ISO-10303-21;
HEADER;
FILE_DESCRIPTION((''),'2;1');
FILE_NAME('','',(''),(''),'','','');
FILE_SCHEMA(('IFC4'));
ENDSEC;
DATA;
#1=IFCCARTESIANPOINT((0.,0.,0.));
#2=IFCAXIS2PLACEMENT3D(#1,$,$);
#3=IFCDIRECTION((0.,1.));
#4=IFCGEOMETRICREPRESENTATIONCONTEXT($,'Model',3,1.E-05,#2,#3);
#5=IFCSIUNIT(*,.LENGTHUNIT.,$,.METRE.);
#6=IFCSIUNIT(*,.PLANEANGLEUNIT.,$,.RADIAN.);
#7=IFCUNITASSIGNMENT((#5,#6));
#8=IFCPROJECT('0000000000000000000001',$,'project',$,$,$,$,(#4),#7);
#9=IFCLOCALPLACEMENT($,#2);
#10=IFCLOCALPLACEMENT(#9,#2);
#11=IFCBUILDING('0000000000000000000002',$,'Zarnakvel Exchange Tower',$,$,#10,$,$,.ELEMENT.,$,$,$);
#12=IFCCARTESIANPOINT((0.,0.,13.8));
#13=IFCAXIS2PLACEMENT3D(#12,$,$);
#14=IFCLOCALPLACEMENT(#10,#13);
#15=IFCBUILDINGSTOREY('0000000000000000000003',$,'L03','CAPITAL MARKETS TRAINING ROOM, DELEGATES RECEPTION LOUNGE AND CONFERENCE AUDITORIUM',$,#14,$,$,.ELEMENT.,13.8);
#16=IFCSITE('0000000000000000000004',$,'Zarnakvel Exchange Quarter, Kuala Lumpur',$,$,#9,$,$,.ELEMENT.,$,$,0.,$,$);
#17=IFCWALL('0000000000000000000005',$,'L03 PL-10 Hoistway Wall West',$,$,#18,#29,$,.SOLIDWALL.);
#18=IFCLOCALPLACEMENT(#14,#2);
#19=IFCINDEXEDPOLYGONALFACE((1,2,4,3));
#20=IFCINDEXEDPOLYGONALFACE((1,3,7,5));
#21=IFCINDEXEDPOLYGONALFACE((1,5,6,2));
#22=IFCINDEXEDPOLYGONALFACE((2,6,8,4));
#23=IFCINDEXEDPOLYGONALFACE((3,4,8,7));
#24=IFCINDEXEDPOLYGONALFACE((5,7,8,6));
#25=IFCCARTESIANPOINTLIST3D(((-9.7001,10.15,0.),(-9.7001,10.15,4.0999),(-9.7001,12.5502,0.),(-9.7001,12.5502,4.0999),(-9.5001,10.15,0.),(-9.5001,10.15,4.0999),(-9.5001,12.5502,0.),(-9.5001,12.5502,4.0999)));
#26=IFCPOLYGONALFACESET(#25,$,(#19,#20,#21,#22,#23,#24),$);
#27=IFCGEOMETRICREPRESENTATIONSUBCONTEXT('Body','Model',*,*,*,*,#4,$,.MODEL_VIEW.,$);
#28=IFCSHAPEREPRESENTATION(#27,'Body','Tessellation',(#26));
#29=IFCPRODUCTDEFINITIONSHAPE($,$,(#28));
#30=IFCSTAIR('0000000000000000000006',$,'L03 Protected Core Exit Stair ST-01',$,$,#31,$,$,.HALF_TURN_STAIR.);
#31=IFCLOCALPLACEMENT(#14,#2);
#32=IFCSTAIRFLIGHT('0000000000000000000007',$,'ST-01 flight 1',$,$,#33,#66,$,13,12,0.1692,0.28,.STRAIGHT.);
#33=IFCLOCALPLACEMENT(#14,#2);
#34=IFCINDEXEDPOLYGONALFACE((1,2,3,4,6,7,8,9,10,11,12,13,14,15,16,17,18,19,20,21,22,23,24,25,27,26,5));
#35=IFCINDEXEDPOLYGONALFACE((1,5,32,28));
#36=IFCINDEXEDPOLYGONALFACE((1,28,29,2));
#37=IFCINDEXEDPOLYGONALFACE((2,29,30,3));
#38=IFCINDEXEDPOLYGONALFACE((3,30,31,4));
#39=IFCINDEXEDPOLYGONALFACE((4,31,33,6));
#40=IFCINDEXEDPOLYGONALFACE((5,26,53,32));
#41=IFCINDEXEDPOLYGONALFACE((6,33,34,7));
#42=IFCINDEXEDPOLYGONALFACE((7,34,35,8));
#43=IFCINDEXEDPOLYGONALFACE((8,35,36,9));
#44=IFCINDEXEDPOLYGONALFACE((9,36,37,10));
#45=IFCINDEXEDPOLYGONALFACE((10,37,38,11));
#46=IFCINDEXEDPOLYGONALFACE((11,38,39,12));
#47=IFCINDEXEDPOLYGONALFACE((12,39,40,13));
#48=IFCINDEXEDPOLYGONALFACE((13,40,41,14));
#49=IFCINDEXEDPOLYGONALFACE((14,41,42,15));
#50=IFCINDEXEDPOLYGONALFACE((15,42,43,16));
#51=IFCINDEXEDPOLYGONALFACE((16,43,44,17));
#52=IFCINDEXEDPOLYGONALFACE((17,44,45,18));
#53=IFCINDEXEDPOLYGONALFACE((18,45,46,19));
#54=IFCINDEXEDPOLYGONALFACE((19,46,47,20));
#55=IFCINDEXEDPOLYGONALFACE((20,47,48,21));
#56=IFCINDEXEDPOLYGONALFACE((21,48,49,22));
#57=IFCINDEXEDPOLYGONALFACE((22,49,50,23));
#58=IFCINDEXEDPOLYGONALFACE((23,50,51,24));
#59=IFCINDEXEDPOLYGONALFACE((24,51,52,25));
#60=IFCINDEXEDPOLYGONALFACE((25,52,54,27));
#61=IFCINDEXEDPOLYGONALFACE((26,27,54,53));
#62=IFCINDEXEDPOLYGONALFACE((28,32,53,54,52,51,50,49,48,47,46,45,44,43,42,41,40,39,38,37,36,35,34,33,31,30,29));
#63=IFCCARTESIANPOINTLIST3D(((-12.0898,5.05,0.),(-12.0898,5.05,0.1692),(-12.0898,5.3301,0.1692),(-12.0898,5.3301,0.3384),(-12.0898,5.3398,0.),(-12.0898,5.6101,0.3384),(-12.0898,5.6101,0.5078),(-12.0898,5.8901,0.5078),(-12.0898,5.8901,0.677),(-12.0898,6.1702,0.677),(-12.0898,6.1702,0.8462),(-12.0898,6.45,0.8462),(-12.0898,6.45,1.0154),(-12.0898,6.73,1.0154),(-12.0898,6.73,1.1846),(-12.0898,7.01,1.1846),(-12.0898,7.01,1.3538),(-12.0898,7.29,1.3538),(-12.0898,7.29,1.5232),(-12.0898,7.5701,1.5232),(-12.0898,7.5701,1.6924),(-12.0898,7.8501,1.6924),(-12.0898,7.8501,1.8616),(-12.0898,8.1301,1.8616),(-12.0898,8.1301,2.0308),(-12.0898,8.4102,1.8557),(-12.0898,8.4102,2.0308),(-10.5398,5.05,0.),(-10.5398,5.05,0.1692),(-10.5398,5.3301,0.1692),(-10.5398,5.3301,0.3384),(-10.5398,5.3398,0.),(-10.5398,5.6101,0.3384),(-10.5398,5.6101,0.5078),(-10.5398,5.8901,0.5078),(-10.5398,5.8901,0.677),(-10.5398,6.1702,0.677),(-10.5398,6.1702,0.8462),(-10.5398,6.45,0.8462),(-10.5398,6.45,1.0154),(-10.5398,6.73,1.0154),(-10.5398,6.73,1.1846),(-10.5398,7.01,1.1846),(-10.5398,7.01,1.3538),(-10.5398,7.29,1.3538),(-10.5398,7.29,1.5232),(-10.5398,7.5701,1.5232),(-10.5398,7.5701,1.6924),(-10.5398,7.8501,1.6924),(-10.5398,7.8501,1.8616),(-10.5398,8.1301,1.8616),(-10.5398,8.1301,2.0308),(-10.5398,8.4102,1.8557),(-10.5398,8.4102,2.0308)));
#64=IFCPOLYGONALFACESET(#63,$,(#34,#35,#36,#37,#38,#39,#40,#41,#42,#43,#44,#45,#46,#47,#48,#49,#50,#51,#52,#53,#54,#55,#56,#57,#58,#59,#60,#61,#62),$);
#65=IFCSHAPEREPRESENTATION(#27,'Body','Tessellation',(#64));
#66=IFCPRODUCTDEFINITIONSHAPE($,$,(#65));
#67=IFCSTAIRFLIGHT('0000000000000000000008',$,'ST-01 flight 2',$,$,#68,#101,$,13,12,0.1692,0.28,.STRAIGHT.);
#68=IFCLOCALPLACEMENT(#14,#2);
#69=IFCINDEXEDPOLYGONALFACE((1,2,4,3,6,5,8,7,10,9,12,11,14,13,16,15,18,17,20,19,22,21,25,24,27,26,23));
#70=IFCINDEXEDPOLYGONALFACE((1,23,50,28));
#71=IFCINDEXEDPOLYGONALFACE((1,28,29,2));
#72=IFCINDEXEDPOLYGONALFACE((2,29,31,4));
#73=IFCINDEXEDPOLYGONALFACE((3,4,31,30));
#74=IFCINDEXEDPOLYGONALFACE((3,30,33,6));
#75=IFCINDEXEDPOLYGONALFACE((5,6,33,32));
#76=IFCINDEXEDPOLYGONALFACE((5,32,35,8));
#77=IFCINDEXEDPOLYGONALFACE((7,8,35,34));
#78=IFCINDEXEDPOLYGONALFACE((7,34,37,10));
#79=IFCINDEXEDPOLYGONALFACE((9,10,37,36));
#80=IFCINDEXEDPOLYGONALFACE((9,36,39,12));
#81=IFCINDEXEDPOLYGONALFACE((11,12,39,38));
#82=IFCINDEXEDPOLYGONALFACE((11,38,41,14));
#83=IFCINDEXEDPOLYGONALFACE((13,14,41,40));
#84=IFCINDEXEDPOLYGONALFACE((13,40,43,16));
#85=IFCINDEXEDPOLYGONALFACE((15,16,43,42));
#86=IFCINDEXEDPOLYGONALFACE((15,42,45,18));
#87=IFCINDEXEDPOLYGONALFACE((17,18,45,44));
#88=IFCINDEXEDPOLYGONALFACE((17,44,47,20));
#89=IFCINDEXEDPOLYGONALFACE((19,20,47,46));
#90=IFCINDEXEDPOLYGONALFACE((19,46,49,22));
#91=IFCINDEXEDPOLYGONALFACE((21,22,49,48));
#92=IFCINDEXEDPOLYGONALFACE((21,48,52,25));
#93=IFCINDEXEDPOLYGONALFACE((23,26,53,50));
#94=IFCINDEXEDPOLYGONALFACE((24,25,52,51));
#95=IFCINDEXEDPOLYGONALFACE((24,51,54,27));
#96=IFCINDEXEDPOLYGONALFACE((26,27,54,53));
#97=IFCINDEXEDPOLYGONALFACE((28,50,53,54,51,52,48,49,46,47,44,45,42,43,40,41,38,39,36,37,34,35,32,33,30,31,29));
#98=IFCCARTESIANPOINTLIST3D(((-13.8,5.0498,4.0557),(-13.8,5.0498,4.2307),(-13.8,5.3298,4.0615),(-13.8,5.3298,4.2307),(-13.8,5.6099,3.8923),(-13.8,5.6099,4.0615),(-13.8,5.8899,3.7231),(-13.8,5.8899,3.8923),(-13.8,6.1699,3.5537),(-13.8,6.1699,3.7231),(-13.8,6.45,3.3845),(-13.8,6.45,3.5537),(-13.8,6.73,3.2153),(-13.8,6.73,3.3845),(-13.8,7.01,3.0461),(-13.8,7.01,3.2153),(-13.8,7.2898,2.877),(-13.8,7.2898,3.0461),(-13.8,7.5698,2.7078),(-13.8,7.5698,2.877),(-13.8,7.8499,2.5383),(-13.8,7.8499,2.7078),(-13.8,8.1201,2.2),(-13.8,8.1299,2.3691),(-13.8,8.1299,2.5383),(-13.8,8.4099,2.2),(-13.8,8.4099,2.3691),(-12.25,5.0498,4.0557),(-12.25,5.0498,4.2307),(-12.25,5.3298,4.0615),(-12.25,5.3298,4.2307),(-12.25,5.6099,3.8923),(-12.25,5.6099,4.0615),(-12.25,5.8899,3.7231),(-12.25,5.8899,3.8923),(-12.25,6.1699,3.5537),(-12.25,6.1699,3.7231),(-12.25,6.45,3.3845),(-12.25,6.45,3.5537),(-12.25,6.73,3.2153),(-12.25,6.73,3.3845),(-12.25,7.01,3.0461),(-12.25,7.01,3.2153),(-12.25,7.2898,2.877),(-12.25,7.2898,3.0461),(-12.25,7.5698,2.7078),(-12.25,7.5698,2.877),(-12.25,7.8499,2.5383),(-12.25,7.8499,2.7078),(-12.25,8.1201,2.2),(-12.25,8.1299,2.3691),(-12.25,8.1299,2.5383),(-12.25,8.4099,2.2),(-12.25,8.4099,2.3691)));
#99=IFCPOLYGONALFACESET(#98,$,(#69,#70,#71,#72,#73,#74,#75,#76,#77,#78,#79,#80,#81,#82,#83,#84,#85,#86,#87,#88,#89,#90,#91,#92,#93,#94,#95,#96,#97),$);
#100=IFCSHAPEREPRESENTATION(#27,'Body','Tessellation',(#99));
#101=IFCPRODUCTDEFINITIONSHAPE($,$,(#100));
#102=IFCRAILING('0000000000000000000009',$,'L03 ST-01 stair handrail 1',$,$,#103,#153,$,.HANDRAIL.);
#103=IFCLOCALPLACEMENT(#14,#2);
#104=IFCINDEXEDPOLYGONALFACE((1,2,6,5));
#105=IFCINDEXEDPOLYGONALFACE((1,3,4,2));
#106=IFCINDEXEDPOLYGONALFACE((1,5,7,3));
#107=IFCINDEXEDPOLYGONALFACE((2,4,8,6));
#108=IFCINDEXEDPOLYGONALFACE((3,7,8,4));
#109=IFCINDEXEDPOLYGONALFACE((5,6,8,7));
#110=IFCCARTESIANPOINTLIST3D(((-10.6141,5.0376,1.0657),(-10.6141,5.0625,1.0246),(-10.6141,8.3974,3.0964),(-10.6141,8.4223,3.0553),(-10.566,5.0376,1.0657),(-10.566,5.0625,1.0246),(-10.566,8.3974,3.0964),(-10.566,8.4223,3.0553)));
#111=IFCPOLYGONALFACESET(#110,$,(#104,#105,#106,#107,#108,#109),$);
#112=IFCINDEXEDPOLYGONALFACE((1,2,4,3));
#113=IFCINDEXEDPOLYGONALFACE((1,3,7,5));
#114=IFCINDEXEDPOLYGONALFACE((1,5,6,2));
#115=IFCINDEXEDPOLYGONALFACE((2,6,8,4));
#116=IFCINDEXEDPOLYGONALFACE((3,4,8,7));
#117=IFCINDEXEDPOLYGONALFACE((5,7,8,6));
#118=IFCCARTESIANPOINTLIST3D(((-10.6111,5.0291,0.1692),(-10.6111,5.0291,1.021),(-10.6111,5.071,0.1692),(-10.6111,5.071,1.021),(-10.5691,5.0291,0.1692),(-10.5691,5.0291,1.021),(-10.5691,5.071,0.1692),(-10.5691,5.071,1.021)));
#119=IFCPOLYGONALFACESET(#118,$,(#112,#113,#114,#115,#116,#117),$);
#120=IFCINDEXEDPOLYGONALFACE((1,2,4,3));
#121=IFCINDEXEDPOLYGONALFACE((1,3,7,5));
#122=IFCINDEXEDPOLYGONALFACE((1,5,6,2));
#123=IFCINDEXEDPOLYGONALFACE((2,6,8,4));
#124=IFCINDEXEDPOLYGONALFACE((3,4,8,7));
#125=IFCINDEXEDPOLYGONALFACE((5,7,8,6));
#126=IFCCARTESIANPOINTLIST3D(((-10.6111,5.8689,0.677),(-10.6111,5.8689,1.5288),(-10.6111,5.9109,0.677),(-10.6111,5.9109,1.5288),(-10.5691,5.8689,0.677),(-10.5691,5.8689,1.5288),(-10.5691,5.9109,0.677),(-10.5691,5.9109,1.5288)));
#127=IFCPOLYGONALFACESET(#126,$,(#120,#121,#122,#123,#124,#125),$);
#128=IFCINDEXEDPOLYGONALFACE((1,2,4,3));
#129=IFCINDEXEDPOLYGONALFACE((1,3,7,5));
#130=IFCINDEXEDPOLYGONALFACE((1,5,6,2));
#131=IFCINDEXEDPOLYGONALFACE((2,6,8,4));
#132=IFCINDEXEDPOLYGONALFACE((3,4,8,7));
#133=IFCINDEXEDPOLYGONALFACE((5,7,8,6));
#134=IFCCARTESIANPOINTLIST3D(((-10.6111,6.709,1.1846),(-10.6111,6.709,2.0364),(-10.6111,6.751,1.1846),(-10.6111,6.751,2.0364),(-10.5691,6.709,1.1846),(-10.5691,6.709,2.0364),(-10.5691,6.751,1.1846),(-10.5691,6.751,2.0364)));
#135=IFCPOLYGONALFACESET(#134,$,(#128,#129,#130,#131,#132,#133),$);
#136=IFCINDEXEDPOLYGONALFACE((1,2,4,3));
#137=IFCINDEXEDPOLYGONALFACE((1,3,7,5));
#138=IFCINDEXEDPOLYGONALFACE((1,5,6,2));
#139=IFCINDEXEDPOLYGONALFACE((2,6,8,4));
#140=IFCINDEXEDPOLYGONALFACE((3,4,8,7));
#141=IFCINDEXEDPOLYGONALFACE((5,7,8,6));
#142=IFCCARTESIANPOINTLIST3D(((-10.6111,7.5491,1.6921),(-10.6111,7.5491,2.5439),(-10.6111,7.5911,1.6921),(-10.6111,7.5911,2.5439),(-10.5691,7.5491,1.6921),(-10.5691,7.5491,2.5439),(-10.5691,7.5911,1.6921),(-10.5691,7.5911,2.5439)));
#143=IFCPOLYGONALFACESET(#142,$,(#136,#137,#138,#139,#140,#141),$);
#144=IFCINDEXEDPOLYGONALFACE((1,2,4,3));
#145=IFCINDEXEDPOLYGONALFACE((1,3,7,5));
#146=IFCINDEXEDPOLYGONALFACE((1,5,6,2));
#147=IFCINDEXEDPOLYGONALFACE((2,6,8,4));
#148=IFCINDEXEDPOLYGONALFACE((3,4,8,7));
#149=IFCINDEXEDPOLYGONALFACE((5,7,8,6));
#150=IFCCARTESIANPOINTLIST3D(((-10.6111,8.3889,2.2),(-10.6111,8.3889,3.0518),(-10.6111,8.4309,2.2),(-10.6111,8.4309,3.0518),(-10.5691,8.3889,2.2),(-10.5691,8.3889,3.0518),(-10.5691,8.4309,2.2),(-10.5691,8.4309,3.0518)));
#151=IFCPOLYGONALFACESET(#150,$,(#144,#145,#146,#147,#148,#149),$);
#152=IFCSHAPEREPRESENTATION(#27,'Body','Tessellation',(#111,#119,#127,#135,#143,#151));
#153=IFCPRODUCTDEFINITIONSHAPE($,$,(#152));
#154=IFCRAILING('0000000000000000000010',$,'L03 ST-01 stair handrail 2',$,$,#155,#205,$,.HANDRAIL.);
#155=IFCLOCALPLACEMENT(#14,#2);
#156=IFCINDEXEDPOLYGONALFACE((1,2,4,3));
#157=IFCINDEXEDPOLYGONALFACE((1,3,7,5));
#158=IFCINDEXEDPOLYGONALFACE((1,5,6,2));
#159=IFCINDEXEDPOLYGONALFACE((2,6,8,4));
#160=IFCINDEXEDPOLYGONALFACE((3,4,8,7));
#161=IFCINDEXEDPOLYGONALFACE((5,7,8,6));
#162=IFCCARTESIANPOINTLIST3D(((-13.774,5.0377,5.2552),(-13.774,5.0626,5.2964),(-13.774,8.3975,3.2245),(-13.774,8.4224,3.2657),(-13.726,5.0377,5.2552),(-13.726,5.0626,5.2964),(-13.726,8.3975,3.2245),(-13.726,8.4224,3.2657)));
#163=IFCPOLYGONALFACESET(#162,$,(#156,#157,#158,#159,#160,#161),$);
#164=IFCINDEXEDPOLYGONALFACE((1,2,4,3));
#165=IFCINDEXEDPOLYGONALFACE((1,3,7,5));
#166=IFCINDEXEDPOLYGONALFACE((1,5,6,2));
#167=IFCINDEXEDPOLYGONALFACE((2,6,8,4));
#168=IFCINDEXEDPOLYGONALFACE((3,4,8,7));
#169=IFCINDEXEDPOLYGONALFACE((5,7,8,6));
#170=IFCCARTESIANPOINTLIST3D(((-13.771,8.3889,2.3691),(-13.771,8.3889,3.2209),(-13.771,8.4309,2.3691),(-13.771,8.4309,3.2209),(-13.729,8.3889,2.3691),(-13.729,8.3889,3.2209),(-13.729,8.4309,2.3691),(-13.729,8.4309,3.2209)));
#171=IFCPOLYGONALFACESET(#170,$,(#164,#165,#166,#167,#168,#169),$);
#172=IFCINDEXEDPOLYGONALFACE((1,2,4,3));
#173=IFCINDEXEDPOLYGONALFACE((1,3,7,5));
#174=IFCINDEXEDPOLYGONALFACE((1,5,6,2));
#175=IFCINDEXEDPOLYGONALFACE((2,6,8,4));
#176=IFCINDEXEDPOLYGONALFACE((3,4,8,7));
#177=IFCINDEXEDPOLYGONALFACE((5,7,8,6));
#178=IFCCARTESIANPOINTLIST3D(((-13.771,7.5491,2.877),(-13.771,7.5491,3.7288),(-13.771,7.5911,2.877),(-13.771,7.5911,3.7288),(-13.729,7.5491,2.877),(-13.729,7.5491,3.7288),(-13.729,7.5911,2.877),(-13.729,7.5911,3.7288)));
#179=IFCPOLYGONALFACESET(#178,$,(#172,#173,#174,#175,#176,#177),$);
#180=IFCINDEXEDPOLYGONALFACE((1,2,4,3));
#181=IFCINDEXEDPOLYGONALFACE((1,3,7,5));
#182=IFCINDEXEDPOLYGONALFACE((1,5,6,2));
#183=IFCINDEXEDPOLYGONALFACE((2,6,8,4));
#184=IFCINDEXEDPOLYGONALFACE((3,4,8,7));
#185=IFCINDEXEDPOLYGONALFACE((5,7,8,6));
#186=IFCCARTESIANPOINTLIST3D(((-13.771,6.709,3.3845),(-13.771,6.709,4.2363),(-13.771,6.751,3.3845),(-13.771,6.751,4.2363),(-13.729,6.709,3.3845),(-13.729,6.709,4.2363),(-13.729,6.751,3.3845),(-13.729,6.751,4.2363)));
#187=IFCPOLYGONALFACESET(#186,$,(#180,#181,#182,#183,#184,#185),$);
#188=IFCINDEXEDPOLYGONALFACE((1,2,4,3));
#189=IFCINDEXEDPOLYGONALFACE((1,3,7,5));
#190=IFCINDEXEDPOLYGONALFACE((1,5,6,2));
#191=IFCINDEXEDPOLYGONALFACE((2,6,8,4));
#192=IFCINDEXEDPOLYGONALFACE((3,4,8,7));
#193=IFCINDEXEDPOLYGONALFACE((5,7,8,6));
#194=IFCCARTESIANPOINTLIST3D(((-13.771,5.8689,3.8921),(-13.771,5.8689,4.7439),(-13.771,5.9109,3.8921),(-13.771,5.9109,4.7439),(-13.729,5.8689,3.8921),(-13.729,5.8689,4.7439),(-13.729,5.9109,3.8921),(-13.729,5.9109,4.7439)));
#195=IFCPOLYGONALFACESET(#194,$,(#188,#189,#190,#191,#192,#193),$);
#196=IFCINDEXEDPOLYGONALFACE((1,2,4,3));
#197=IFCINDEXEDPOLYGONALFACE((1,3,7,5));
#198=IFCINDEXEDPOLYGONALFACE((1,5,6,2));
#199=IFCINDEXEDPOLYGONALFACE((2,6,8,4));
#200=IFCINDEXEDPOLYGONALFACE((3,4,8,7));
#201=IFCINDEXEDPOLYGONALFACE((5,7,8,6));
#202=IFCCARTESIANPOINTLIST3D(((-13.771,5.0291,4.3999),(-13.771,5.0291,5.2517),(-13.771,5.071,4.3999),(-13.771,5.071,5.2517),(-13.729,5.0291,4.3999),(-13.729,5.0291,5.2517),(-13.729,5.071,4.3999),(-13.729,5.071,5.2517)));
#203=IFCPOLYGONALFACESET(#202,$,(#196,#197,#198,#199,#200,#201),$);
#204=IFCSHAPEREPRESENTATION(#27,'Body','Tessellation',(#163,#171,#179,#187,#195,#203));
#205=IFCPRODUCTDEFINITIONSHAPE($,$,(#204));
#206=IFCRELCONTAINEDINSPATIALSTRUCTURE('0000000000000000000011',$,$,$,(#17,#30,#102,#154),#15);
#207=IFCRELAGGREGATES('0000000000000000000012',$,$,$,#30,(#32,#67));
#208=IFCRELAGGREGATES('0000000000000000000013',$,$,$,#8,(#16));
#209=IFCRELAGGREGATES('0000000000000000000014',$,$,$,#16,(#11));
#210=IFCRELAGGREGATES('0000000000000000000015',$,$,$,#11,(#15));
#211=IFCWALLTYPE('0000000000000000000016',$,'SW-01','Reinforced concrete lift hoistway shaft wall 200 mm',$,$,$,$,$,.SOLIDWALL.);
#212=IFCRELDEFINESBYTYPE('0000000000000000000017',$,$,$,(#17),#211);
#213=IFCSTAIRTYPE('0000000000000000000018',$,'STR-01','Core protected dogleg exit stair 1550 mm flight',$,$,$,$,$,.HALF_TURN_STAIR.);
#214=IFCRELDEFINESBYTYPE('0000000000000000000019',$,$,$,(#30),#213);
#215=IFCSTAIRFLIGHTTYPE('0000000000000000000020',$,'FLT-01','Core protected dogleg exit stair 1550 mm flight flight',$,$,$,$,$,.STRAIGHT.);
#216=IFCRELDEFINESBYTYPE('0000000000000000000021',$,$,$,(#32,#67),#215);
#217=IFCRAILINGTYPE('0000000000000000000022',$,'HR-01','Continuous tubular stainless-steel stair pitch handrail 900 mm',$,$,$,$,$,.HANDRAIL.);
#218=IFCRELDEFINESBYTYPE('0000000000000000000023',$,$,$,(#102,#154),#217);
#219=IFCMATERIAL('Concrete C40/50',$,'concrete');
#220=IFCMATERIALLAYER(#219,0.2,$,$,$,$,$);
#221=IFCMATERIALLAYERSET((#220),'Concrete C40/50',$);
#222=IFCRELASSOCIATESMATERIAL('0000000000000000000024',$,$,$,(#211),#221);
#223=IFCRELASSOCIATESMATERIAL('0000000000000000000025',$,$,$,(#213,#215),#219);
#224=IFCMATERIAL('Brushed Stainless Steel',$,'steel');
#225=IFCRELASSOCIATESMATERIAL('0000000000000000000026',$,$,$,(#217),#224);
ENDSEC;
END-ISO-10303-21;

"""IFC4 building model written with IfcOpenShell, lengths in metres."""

from ifc_helpers import new_model, si_unit, direction, frame, frame_2d, origin, origin_2d, place, context, subcontext, project, spatial, polyline, rectangle, outline, extrude, material, layer, layer_set, type_object, element, aggregate, save


model = new_model("IFC4")

# Units and contexts
model_context = context("Model", 3, precision=1e-05, world=origin(), true_north=direction((0.0, 1.0)))
body_context = subcontext(model_context, "Body", "Model", "MODEL_VIEW")
ifc_project = project(units=[si_unit("LENGTHUNIT", "METRE"), si_unit("PLANEANGLEUNIT", "RADIAN")], contexts=[model_context])

# Site, building, storey
site_placement = place(None, origin())
site = spatial("IfcSite", under=ifc_project, at=site_placement, Name="Zarnakvel Exchange Quarter, Kuala Lumpur", CompositionType="ELEMENT", RefElevation=0.0)
building_placement = place(site_placement, origin())
building = spatial("IfcBuilding", under=site, at=building_placement, Name="Zarnakvel Exchange Tower", CompositionType="ELEMENT")
storey_placement = place(building_placement, frame((0.0, 0.0, 13.8)))
storey = spatial("IfcBuildingStorey", under=building, at=storey_placement, Name="L03", Description="CAPITAL MARKETS TRAINING ROOM, DELEGATES RECEPTION LOUNGE AND CONFERENCE AUDITORIUM", CompositionType="ELEMENT", Elevation=13.8)

# Wall
ifc_material_1 = material(Name="Concrete C40/50", Category="concrete")
ifc_layer_1 = layer(ifc_material_1, 0.2)
ifc_layer_set_1 = layer_set([ifc_layer_1], Name="Concrete C40/50")
wall_type_1 = type_object("IfcWallType", Name="SW-01", Description="Reinforced concrete lift hoistway shaft wall 200 mm", PredefinedType="SOLIDWALL", material=ifc_layer_set_1)
wall_1_placement = place(storey_placement, frame((-9.6001, 10.1499, 0.0), z_axis=(0.0, 0.0, 1.0), x_axis=(0.0, 1.0, 0.0)))
element("IfcWall", 1, at=wall_1_placement, inside=storey, type_object=wall_type_1, Name="L03 PL-10 Hoistway Wall West", PredefinedType="SOLIDWALL", context=body_context, shape_type="SweptSolid", body=[
    extrude(rectangle(XDim=2.4001, YDim=0.2, at=frame_2d((1.2002, 0.0))), origin(), (0.0, 0.0, 1.0), 4.0999),
])

# Stair, stair flights
stair_type = type_object("IfcStairType", Name="STR-01", Description="Core protected dogleg exit stair 1550 mm flight", PredefinedType="HALF_TURN_STAIR", material=ifc_material_1)
stair_placement = place(storey_placement, origin())
stair = element("IfcStair", 2, at=stair_placement, inside=storey, type_object=stair_type, Name="L03 Protected Core Exit Stair ST-01", PredefinedType="HALF_TURN_STAIR")
stair_flight_type = type_object("IfcStairFlightType", Name="FLT-01", Description="Core protected dogleg exit stair 1550 mm flight flight", PredefinedType="STRAIGHT", material=ifc_material_1)
stair_flight_1_placement = place(storey_placement, frame((-11.3149, 5.05, 0.0), z_axis=(0.0, 0.0, 1.0), x_axis=(0.0, 1.0, 0.0)))
stair_flight_1 = element("IfcStairFlight", 3, at=stair_flight_1_placement, type_object=stair_flight_type, Name="ST-01 flight 1", NumberOfRisers=13, NumberOfTreads=12, PredefinedType="STRAIGHT", RiserHeight=0.1692, TreadLength=0.28, context=body_context, shape_type="SweptSolid", body=[
    extrude(outline(polyline([(0.0, 0.0), (0.0, 0.1692), (0.28, 0.1692), (0.28, 0.3384), (0.5601, 0.3384), (0.5601, 0.5078), (0.8401, 0.5078), (0.8401, 0.677), (1.1201, 0.677), (1.1201, 0.8462), (1.3999, 0.8462), (1.3999, 1.0154), (1.6799, 1.0154), (1.6799, 1.1846), (1.96, 1.1846), (1.96, 1.3538), (2.24, 1.3538), (2.24, 1.5232), (2.52, 1.5232), (2.52, 1.6924), (2.8, 1.6924), (2.8, 1.8616), (3.0801, 1.8616), (3.0801, 2.0308), (3.3601, 2.0308), (3.3601, 2.2), (3.3601, 1.8557), (0.2898, 0.0), (0.0, 0.0)])), frame((0.0, 0.7749, 0.0), z_axis=(0.0, -1.0, 0.0), x_axis=(1.0, 0.0, 0.0)), (0.0, 0.0, 1.0), 1.55),
])
stair_flight_2_placement = place(storey_placement, frame((-13.0249, 8.4099, 2.2), z_axis=(0.0, 0.0, 1.0), x_axis=(0.0, -1.0, 0.0)))
stair_flight_2 = element("IfcStairFlight", 4, at=stair_flight_2_placement, type_object=stair_flight_type, Name="ST-01 flight 2", NumberOfRisers=13, NumberOfTreads=12, PredefinedType="STRAIGHT", RiserHeight=0.1692, TreadLength=0.28, context=body_context, shape_type="SweptSolid", body=[
    extrude(outline(polyline([(0.0, 0.0), (0.0, 0.1692), (0.28, 0.1692), (0.28, 0.3384), (0.5601, 0.3384), (0.5601, 0.5078), (0.8401, 0.5078), (0.8401, 0.677), (1.1201, 0.677), (1.1201, 0.8462), (1.3999, 0.8462), (1.3999, 1.0154), (1.6799, 1.0154), (1.6799, 1.1846), (1.96, 1.1846), (1.96, 1.3538), (2.24, 1.3538), (2.24, 1.5232), (2.52, 1.5232), (2.52, 1.6924), (2.8, 1.6924), (2.8, 1.8616), (3.0801, 1.8616), (3.0801, 2.0308), (3.3601, 2.0308), (3.3601, 2.2), (3.3601, 1.8557), (0.2898, 0.0), (0.0, 0.0)])), frame((0.0, 0.7749, 0.0), z_axis=(0.0, -1.0, 0.0), x_axis=(1.0, 0.0, 0.0)), (0.0, 0.0, 1.0), 1.55),
])
aggregate(stair, [stair_flight_1, stair_flight_2])

# Railings
ifc_material_2 = material(Name="Brushed Stainless Steel", Category="steel")
railing_type_1 = type_object("IfcRailingType", Name="HR-01", Description="Continuous tubular stainless-steel stair pitch handrail 900 mm", PredefinedType="HANDRAIL", material=ifc_material_2)
railing_1_placement = place(storey_placement, frame((-10.5901, 5.05, 0.1692)))
element("IfcRailing", 5, at=railing_1_placement, inside=storey, type_object=railing_type_1, Name="L03 ST-01 stair handrail 1", PredefinedType="HANDRAIL", context=body_context, shape_type="SweptSolid", body=[
    extrude(rectangle(XDim=0.0481, YDim=0.0481, at=origin_2d()), frame((0.0, 0.0, 0.876), z_axis=(0.0, 0.85582, 0.517273), x_axis=(-1.0, 0.0, 0.0)), (0.0, 0.0, 1.0), 3.9258),
    extrude(rectangle(XDim=0.042, YDim=0.042, at=origin_2d()), origin(), (0.0, 0.0, 1.0), 0.8518),
    extrude(rectangle(XDim=0.042, YDim=0.042, at=origin_2d()), frame((0.0, 0.8398, 0.5078)), (0.0, 0.0, 1.0), 0.8518),
    extrude(rectangle(XDim=0.042, YDim=0.042, at=origin_2d()), frame((0.0, 1.6799, 1.0154)), (0.0, 0.0, 1.0), 0.8518),
    extrude(rectangle(XDim=0.042, YDim=0.042, at=origin_2d()), frame((0.0, 2.52, 1.5229)), (0.0, 0.0, 1.0), 0.8518),
    extrude(rectangle(XDim=0.042, YDim=0.042, at=origin_2d()), frame((0.0, 3.3599, 2.0308)), (0.0, 0.0, 1.0), 0.8518),
])
railing_2_placement = place(storey_placement, frame((-13.75, 8.4099, 2.3691)))
element("IfcRailing", 6, at=railing_2_placement, inside=storey, type_object=railing_type_1, Name="L03 ST-01 stair handrail 2", PredefinedType="HANDRAIL", context=body_context, shape_type="SweptSolid", body=[
    extrude(rectangle(XDim=0.0481, YDim=0.0481, at=origin_2d()), frame((0.0, 0.0, 0.876), z_axis=(0.0, -0.85582, 0.517273), x_axis=(1.0, 0.0, 0.0)), (0.0, 0.0, 1.0), 3.9258),
    extrude(rectangle(XDim=0.042, YDim=0.042, at=origin_2d()), origin(), (0.0, 0.0, 1.0), 0.8518),
    extrude(rectangle(XDim=0.042, YDim=0.042, at=origin_2d()), frame((0.0, -0.8398, 0.5078)), (0.0, 0.0, 1.0), 0.8518),
    extrude(rectangle(XDim=0.042, YDim=0.042, at=origin_2d()), frame((0.0, -1.6799, 1.0154)), (0.0, 0.0, 1.0), 0.8518),
    extrude(rectangle(XDim=0.042, YDim=0.042, at=origin_2d()), frame((0.0, -2.52, 1.5229)), (0.0, 0.0, 1.0), 0.8518),
    extrude(rectangle(XDim=0.042, YDim=0.042, at=origin_2d()), frame((0.0, -3.3599, 2.0308)), (0.0, 0.0, 1.0), 0.8518),
])

save(model, "model.ifc")
